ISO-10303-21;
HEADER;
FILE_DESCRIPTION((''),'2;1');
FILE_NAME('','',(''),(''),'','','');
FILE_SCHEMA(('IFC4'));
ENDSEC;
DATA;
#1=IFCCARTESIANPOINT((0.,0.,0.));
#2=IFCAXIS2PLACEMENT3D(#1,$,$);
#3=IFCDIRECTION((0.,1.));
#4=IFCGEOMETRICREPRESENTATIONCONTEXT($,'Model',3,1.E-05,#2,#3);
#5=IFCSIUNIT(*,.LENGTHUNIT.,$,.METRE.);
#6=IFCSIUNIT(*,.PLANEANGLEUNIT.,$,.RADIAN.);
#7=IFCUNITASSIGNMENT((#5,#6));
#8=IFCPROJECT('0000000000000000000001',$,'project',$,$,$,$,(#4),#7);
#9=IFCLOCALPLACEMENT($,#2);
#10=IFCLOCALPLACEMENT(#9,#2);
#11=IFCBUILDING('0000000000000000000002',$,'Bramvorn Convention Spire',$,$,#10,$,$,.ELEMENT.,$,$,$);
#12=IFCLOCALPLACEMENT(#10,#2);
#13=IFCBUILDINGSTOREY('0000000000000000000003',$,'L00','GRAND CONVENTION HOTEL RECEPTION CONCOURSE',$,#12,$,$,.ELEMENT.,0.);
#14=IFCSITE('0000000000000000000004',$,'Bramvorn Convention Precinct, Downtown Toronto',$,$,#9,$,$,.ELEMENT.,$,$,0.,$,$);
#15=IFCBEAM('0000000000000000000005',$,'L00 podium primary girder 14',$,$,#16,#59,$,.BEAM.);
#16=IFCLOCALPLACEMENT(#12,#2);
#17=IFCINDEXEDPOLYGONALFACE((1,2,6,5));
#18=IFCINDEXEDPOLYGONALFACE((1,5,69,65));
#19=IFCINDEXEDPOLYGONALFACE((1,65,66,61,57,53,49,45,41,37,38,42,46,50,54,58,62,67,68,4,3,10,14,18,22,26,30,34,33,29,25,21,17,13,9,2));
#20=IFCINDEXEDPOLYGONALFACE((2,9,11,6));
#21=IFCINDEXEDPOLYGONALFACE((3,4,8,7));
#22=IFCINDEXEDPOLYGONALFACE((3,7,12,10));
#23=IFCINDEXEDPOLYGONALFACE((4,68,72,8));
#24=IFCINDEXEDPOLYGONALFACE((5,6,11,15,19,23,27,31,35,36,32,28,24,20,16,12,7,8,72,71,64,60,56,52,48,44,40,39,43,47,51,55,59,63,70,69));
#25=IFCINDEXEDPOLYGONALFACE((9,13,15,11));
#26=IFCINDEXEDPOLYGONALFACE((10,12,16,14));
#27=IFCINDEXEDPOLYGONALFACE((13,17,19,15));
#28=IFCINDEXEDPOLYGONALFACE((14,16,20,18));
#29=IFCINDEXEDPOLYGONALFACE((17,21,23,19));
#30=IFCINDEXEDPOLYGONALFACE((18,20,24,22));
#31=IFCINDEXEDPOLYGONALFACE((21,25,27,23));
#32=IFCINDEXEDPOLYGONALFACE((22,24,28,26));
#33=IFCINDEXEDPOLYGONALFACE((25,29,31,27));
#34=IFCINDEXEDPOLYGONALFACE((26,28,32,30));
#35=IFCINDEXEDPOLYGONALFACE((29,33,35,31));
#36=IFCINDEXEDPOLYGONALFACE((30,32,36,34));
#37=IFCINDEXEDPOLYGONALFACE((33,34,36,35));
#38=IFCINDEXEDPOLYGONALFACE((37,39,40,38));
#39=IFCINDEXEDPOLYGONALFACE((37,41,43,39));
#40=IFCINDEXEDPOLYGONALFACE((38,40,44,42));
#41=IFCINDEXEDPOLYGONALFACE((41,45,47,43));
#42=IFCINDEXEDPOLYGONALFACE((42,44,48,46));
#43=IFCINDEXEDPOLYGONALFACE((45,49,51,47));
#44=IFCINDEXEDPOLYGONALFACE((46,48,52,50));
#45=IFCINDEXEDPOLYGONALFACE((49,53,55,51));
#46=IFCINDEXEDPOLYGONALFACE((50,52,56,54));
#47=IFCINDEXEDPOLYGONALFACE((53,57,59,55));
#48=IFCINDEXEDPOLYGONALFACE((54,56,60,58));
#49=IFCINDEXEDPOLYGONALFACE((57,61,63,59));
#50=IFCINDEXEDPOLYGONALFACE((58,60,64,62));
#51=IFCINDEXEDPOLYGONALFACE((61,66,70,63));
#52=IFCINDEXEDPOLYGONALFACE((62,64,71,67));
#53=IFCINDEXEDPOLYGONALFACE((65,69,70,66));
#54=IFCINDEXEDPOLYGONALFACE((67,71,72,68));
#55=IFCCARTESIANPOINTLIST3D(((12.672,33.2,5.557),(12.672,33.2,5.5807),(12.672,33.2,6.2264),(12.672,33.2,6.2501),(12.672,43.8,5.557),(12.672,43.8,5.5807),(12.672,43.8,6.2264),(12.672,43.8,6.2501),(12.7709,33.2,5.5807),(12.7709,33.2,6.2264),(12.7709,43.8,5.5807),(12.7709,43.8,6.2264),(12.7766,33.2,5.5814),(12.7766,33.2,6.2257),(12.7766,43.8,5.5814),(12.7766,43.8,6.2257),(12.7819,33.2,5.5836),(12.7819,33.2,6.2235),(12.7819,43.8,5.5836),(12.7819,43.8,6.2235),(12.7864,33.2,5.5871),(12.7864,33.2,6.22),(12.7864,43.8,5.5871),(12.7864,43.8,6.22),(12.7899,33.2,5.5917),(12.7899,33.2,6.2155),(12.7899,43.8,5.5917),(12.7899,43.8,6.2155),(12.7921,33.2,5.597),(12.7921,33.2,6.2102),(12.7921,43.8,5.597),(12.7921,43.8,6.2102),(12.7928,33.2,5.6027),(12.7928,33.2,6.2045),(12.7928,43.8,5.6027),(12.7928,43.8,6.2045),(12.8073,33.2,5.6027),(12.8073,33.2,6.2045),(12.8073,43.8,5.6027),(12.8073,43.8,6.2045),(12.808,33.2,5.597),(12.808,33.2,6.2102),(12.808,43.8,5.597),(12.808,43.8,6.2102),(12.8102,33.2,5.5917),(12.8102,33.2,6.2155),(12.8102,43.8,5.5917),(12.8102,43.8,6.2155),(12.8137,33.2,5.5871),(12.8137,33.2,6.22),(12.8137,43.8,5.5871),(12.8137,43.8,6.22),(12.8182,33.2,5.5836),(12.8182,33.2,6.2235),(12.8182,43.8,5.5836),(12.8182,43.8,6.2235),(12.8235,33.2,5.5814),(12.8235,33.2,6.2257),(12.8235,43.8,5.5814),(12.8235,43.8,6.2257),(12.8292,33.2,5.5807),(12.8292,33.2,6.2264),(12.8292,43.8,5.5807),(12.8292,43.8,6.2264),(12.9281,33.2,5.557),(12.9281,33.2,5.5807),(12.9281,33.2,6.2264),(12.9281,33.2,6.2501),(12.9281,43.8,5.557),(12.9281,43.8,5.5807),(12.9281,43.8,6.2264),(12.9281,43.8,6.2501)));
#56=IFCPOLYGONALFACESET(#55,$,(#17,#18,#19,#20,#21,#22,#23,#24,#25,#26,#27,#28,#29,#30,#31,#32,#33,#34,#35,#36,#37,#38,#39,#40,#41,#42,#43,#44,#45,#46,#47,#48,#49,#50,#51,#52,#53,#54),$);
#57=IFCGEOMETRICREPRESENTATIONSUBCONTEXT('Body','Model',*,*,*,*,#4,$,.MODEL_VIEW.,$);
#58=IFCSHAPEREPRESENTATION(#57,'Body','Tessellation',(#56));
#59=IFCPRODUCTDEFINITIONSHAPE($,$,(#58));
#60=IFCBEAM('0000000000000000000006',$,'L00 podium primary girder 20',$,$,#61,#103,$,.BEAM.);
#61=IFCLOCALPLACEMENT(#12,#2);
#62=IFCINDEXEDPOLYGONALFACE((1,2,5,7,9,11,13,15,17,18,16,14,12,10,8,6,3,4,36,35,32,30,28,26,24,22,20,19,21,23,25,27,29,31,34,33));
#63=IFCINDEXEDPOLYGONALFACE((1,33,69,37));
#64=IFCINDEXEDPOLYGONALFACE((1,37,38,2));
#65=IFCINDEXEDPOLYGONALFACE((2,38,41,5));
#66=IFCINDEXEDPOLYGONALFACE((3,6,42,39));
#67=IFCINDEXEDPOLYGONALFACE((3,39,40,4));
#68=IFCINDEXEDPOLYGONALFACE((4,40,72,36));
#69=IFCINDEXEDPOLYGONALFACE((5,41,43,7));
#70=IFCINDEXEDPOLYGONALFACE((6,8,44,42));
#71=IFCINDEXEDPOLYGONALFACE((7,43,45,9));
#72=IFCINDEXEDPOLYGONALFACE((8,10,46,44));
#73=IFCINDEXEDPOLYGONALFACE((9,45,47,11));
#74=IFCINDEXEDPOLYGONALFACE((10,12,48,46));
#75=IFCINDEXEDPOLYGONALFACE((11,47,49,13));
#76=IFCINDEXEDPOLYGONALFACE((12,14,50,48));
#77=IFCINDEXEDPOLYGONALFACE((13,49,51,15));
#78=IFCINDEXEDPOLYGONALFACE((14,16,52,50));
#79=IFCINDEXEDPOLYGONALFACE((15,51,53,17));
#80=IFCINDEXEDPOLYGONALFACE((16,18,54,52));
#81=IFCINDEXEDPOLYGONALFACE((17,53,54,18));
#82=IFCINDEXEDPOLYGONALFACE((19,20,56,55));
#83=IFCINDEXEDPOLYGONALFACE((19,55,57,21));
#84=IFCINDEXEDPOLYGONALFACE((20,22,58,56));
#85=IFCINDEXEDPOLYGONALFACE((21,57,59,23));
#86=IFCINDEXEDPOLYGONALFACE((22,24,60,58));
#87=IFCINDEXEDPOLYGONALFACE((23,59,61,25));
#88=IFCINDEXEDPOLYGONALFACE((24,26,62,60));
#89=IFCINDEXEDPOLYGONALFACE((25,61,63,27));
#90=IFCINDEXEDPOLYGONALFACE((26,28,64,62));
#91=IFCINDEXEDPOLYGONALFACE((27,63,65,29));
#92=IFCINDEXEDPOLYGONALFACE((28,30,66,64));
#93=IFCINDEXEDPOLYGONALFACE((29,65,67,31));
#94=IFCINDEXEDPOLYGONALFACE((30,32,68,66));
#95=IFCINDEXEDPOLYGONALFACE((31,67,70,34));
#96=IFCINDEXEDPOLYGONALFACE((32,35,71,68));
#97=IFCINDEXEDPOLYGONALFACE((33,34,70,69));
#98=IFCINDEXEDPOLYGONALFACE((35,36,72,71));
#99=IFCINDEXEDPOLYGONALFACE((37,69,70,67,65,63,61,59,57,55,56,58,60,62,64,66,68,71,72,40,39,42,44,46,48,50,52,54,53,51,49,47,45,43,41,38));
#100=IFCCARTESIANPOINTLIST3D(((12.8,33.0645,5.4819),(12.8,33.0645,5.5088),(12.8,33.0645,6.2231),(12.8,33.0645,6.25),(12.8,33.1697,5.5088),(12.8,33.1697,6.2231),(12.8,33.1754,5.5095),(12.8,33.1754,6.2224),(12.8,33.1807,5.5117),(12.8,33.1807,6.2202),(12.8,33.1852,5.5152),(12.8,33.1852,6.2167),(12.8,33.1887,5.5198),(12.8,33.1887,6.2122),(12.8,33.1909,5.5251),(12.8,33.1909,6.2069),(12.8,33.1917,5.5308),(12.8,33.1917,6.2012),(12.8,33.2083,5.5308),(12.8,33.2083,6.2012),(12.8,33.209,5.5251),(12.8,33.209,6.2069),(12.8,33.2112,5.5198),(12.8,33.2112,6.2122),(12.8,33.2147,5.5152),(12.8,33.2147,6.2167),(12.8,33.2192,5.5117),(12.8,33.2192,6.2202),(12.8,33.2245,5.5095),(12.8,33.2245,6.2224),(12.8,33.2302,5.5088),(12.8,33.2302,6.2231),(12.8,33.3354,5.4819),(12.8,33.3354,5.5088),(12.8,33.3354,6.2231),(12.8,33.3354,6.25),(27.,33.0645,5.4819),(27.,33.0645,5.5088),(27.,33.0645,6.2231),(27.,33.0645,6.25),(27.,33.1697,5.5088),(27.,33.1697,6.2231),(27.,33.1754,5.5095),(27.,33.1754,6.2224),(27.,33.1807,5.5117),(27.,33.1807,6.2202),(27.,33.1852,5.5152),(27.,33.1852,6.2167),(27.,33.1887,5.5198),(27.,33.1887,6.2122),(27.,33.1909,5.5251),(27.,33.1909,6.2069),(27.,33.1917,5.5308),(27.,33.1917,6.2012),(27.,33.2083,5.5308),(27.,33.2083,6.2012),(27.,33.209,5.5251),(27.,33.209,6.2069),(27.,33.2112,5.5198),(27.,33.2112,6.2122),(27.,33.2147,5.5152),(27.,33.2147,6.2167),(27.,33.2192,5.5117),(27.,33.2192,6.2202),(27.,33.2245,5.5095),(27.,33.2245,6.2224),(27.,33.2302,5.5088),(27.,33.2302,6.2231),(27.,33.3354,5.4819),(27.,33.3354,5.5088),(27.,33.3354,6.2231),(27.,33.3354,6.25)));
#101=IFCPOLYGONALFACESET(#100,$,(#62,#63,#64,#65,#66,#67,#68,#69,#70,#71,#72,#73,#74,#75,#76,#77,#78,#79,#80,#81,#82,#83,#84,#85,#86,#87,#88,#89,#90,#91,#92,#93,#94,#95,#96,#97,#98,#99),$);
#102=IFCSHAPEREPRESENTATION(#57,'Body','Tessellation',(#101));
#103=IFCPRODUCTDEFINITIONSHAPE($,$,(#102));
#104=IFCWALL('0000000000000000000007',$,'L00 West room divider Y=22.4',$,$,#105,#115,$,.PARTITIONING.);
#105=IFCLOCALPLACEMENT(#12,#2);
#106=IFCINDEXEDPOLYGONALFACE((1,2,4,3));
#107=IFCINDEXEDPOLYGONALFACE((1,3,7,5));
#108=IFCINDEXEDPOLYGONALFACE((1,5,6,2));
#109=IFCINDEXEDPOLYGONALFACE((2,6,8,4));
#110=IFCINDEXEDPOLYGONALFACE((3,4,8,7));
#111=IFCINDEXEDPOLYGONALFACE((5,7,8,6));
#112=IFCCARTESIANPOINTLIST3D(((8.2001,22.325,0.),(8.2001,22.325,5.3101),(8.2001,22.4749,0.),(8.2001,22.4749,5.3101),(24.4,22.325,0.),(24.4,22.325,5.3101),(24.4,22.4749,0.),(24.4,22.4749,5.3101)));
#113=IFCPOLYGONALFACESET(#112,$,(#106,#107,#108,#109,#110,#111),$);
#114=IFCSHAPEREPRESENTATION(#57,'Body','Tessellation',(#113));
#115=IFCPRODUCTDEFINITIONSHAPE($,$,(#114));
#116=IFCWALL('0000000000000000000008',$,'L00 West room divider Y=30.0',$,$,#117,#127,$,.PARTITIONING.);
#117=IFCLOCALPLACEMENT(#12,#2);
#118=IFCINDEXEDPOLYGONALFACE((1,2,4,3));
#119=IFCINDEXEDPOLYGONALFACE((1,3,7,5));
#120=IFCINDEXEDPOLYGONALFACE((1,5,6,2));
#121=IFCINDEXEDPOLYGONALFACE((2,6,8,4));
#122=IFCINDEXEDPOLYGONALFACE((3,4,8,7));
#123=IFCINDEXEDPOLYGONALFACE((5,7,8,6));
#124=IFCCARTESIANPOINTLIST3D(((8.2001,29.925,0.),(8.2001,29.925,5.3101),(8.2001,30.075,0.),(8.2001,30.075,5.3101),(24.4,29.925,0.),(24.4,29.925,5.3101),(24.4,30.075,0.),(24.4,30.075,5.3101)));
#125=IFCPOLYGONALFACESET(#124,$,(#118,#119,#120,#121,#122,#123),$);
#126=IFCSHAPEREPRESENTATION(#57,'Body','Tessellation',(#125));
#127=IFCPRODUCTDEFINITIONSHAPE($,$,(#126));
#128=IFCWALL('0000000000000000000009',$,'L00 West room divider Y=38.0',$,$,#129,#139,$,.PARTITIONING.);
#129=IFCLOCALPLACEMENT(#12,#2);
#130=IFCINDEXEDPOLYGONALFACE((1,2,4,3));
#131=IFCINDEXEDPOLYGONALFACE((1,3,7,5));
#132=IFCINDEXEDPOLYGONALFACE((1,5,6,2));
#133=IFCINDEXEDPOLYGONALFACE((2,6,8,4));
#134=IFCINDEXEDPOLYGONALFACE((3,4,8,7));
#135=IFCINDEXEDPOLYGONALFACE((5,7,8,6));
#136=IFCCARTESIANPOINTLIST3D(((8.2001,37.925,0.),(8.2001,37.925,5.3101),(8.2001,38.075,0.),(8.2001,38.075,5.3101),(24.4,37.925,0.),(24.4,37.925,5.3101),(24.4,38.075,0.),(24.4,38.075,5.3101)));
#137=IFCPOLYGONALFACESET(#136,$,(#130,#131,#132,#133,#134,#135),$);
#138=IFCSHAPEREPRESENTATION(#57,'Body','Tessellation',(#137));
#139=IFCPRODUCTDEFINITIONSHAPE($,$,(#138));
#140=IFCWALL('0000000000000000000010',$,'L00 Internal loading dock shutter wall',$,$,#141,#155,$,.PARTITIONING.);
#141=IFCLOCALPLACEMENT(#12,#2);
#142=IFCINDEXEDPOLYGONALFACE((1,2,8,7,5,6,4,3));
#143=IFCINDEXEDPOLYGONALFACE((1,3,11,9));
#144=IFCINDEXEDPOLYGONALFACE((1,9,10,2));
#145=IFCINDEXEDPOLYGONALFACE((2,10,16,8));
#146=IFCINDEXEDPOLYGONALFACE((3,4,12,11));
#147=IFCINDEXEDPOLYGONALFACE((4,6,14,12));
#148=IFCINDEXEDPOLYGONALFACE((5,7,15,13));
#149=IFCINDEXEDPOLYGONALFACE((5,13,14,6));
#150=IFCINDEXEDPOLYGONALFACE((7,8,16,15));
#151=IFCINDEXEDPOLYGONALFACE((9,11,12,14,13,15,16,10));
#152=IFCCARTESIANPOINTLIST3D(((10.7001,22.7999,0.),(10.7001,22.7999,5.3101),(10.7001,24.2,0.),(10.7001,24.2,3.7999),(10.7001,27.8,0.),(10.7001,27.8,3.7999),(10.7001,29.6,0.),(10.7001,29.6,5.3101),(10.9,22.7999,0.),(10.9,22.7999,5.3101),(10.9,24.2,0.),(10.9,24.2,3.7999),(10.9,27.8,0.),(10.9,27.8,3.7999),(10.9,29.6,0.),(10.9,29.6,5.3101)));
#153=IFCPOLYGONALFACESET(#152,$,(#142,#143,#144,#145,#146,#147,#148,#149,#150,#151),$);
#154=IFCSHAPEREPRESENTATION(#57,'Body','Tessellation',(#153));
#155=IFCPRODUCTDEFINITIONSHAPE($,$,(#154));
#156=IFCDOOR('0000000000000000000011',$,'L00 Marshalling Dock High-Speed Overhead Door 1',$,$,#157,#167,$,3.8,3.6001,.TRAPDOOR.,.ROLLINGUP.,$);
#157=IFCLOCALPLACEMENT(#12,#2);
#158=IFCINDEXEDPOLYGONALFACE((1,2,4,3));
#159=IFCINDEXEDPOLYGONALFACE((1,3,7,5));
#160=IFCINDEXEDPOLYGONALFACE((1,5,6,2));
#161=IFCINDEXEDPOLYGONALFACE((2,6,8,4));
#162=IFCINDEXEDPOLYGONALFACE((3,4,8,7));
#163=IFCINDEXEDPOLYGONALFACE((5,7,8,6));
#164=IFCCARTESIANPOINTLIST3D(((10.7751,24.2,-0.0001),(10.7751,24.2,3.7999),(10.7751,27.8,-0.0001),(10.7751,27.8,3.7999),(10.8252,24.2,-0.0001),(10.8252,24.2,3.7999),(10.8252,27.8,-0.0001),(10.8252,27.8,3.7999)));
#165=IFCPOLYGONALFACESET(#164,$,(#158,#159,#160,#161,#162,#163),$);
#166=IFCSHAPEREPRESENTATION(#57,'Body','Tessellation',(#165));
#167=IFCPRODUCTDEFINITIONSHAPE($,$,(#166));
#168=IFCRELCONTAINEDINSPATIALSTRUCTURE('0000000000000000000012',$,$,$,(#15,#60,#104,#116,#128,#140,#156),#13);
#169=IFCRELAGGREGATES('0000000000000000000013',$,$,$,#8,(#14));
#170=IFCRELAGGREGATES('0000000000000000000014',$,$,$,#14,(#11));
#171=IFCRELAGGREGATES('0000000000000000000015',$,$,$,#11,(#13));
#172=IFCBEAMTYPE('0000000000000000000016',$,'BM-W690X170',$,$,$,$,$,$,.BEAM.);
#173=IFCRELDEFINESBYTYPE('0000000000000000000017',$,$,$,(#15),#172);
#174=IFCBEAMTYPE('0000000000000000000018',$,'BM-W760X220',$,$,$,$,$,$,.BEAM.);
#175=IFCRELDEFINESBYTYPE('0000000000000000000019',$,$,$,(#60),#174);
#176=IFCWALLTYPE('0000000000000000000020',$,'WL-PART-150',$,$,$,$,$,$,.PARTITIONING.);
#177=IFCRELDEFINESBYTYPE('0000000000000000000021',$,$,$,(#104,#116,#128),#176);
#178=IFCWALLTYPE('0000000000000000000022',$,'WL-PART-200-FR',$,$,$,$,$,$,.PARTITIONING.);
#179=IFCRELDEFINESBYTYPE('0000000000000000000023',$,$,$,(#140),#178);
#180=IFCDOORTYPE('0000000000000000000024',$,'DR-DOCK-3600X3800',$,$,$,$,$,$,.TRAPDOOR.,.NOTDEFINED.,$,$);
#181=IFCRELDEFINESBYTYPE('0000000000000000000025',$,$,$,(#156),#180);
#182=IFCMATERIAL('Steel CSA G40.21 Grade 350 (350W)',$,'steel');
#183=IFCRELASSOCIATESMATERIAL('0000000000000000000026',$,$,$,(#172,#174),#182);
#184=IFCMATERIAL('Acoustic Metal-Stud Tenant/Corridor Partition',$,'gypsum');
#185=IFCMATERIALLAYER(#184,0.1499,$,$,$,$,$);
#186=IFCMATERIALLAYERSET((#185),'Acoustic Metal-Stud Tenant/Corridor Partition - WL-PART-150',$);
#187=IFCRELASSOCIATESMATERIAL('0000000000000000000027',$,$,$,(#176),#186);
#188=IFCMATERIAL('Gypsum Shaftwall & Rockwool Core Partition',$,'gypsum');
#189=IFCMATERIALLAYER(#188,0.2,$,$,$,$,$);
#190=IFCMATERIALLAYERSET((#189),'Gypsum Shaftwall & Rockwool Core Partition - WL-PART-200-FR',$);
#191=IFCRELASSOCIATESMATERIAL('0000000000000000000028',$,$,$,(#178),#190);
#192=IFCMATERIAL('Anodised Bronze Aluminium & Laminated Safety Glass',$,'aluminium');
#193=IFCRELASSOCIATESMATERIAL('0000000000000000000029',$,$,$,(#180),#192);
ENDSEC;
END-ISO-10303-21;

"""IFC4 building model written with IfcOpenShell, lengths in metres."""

from ifc_helpers import new_model, si_unit, direction, frame, frame_2d, origin, origin_2d, place, context, subcontext, project, spatial, rectangle, i_section, extrude, material, layer, layer_set, material_profile, profile_set, type_object, element, fill, save


model = new_model("IFC4")

# Units and contexts
model_context = context("Model", 3, precision=1e-05, world=origin(), true_north=direction((0.0, 1.0)))
body_context = subcontext(model_context, "Body", "Model", "MODEL_VIEW")
ifc_project = project(units=[si_unit("LENGTHUNIT", "METRE"), si_unit("PLANEANGLEUNIT", "RADIAN")], contexts=[model_context])

# Site, building, storey
site_placement = place(None, origin())
site = spatial("IfcSite", under=ifc_project, at=site_placement, Name="Bramvorn Convention Precinct, Downtown Toronto", CompositionType="ELEMENT", RefElevation=0.0)
building_placement = place(site_placement, origin())
building = spatial("IfcBuilding", under=site, at=building_placement, Name="Bramvorn Convention Spire", CompositionType="ELEMENT")
storey_placement = place(building_placement, origin())
storey = spatial("IfcBuildingStorey", under=building, at=storey_placement, Name="L00", Description="GRAND CONVENTION HOTEL RECEPTION CONCOURSE", CompositionType="ELEMENT", Elevation=0.0)

# Shared definitions
ifc_material_1 = material(Name="Steel CSA G40.21 Grade 350 (350W)", Category="steel")

# Beams
ifc_material_profile_1 = material_profile(ifc_material_1, i_section(OverallWidth=0.2561, OverallDepth=0.6931, WebThickness=0.0144, FlangeThickness=0.0237, FilletRadius=0.022, at=origin_2d()))
ifc_profile_set_1 = profile_set([ifc_material_profile_1], Name="Steel CSA G40.21 Grade 350 (350W) - W690X170")
beam_type_1 = type_object("IfcBeamType", Name="BM-W690X170", PredefinedType="BEAM", material=ifc_profile_set_1)
beam_1_placement = place(storey_placement, frame((12.8, 33.2, 5.9036), z_axis=(0.0, 1.0, 0.0), x_axis=(-1.0, 0.0, 0.0)))
element("IfcBeam", 1, at=beam_1_placement, inside=storey, type_object=beam_type_1, Name="L00 podium primary girder 14", PredefinedType="BEAM", context=body_context, shape_type="SweptSolid", body=[
    extrude(i_section(OverallWidth=0.2561, OverallDepth=0.6931, WebThickness=0.0144, FlangeThickness=0.0237, FilletRadius=0.022, at=origin_2d()), origin(), (0.0, 0.0, 1.0), 10.6001),
])
ifc_material_profile_2 = material_profile(ifc_material_1, i_section(OverallWidth=0.271, OverallDepth=0.7681, WebThickness=0.0166, FlangeThickness=0.0269, FilletRadius=0.022, at=origin_2d()))
ifc_profile_set_2 = profile_set([ifc_material_profile_2], Name="Steel CSA G40.21 Grade 350 (350W) - W760X220")
beam_type_2 = type_object("IfcBeamType", Name="BM-W760X220", PredefinedType="BEAM", material=ifc_profile_set_2)
beam_2_placement = place(storey_placement, frame((12.8, 33.2, 5.866), z_axis=(1.0, 0.0, 0.0), x_axis=(0.0, 1.0, 0.0)))
element("IfcBeam", 2, at=beam_2_placement, inside=storey, type_object=beam_type_2, Name="L00 podium primary girder 20", PredefinedType="BEAM", context=body_context, shape_type="SweptSolid", body=[
    extrude(i_section(OverallWidth=0.271, OverallDepth=0.7681, WebThickness=0.0166, FlangeThickness=0.0269, FilletRadius=0.022, at=origin_2d()), origin(), (0.0, 0.0, 1.0), 14.2),
])

# Walls
ifc_material_2 = material(Name="Acoustic Metal-Stud Tenant/Corridor Partition", Category="gypsum")
ifc_layer_1 = layer(ifc_material_2, 0.1499)
ifc_layer_set_1 = layer_set([ifc_layer_1], Name="Acoustic Metal-Stud Tenant/Corridor Partition - WL-PART-150")
wall_type_1 = type_object("IfcWallType", Name="WL-PART-150", PredefinedType="PARTITIONING", material=ifc_layer_set_1)
for number, where, z_axis, x_axis, name in (
    (3, (8.2, 22.3999, 0.0), (0.0, 0.0, 1.0), (1.0, 0.0, 0.0), "L00 West room divider Y=22.4"),
    (4, (8.2, 30.0, 0.0), (0.0, 0.0, 1.0), (1.0, 0.0, 0.0), "L00 West room divider Y=30.0"),
    (5, (8.2, 38.0, 0.0), (0.0, 0.0, 1.0), (1.0, 0.0, 0.0), "L00 West room divider Y=38.0"),
):
    element("IfcWall", number, at=place(storey_placement, frame(where, z_axis=z_axis, x_axis=x_axis)), inside=storey, type_object=wall_type_1, Name=name, PredefinedType="PARTITIONING", context=body_context, shape_type="SweptSolid", body=[
        extrude(rectangle(XDim=16.2, YDim=0.1499, at=frame_2d((8.1001, 0.0))), origin(), (0.0, 0.0, 1.0), 5.3101),
    ])

# Wall, opening, door
ifc_material_3 = material(Name="Gypsum Shaftwall & Rockwool Core Partition", Category="gypsum")
ifc_layer_2 = layer(ifc_material_3, 0.2)
ifc_layer_set_2 = layer_set([ifc_layer_2], Name="Gypsum Shaftwall & Rockwool Core Partition - WL-PART-200-FR")
wall_type_2 = type_object("IfcWallType", Name="WL-PART-200-FR", PredefinedType="PARTITIONING", material=ifc_layer_set_2)
wall_1_placement = place(storey_placement, frame((10.8, 22.8, 0.0), z_axis=(0.0, 0.0, 1.0), x_axis=(0.0, 1.0, 0.0)))
wall_1 = element("IfcWall", 6, at=wall_1_placement, inside=storey, type_object=wall_type_2, Name="L00 Internal loading dock shutter wall", PredefinedType="PARTITIONING", context=body_context, shape_type="SweptSolid", body=[
    extrude(rectangle(XDim=6.8, YDim=0.2, at=frame_2d((3.3999, 0.0))), origin(), (0.0, 0.0, 1.0), 5.3101),
])
opening_1_placement = place(wall_1_placement, frame((1.3999, 0.0, 0.0)))
opening_1 = element("IfcOpeningElement", 7, at=opening_1_placement, cuts=wall_1, PredefinedType="OPENING", context=body_context, shape_type="SweptSolid", body=[
    extrude(rectangle(XDim=3.6001, YDim=3.8, at=frame_2d((1.8, 1.8999))), frame((0.0, 0.1099, 0.0), z_axis=(0.0, -1.0, 0.0), x_axis=(1.0, 0.0, 0.0)), (0.0, 0.0, 1.0), 0.22),
])
ifc_material_4 = material(Name="Anodised Bronze Aluminium & Laminated Safety Glass", Category="aluminium")
door_type_1 = type_object("IfcDoorType", Name="DR-DOCK-3600X3800", OperationType="NOTDEFINED", PredefinedType="TRAPDOOR", material=ifc_material_4)
door_1_placement = place(opening_1_placement, origin())
door_1 = element("IfcDoor", 8, at=door_1_placement, inside=storey, type_object=door_type_1, Name="L00 Marshalling Dock High-Speed Overhead Door 1", OperationType="ROLLINGUP", OverallHeight=3.8, OverallWidth=3.6001, PredefinedType="TRAPDOOR", context=body_context, shape_type="SweptSolid", body=[
    extrude(rectangle(XDim=3.6001, YDim=3.8, at=frame_2d((1.8, 1.8999))), frame((0.0, 0.0249, 0.0), z_axis=(0.0, -1.0, 0.0), x_axis=(1.0, 0.0, 0.0)), (0.0, 0.0, 1.0), 0.05),
])
fill(opening_1, door_1)

save(model, "model.ifc")
